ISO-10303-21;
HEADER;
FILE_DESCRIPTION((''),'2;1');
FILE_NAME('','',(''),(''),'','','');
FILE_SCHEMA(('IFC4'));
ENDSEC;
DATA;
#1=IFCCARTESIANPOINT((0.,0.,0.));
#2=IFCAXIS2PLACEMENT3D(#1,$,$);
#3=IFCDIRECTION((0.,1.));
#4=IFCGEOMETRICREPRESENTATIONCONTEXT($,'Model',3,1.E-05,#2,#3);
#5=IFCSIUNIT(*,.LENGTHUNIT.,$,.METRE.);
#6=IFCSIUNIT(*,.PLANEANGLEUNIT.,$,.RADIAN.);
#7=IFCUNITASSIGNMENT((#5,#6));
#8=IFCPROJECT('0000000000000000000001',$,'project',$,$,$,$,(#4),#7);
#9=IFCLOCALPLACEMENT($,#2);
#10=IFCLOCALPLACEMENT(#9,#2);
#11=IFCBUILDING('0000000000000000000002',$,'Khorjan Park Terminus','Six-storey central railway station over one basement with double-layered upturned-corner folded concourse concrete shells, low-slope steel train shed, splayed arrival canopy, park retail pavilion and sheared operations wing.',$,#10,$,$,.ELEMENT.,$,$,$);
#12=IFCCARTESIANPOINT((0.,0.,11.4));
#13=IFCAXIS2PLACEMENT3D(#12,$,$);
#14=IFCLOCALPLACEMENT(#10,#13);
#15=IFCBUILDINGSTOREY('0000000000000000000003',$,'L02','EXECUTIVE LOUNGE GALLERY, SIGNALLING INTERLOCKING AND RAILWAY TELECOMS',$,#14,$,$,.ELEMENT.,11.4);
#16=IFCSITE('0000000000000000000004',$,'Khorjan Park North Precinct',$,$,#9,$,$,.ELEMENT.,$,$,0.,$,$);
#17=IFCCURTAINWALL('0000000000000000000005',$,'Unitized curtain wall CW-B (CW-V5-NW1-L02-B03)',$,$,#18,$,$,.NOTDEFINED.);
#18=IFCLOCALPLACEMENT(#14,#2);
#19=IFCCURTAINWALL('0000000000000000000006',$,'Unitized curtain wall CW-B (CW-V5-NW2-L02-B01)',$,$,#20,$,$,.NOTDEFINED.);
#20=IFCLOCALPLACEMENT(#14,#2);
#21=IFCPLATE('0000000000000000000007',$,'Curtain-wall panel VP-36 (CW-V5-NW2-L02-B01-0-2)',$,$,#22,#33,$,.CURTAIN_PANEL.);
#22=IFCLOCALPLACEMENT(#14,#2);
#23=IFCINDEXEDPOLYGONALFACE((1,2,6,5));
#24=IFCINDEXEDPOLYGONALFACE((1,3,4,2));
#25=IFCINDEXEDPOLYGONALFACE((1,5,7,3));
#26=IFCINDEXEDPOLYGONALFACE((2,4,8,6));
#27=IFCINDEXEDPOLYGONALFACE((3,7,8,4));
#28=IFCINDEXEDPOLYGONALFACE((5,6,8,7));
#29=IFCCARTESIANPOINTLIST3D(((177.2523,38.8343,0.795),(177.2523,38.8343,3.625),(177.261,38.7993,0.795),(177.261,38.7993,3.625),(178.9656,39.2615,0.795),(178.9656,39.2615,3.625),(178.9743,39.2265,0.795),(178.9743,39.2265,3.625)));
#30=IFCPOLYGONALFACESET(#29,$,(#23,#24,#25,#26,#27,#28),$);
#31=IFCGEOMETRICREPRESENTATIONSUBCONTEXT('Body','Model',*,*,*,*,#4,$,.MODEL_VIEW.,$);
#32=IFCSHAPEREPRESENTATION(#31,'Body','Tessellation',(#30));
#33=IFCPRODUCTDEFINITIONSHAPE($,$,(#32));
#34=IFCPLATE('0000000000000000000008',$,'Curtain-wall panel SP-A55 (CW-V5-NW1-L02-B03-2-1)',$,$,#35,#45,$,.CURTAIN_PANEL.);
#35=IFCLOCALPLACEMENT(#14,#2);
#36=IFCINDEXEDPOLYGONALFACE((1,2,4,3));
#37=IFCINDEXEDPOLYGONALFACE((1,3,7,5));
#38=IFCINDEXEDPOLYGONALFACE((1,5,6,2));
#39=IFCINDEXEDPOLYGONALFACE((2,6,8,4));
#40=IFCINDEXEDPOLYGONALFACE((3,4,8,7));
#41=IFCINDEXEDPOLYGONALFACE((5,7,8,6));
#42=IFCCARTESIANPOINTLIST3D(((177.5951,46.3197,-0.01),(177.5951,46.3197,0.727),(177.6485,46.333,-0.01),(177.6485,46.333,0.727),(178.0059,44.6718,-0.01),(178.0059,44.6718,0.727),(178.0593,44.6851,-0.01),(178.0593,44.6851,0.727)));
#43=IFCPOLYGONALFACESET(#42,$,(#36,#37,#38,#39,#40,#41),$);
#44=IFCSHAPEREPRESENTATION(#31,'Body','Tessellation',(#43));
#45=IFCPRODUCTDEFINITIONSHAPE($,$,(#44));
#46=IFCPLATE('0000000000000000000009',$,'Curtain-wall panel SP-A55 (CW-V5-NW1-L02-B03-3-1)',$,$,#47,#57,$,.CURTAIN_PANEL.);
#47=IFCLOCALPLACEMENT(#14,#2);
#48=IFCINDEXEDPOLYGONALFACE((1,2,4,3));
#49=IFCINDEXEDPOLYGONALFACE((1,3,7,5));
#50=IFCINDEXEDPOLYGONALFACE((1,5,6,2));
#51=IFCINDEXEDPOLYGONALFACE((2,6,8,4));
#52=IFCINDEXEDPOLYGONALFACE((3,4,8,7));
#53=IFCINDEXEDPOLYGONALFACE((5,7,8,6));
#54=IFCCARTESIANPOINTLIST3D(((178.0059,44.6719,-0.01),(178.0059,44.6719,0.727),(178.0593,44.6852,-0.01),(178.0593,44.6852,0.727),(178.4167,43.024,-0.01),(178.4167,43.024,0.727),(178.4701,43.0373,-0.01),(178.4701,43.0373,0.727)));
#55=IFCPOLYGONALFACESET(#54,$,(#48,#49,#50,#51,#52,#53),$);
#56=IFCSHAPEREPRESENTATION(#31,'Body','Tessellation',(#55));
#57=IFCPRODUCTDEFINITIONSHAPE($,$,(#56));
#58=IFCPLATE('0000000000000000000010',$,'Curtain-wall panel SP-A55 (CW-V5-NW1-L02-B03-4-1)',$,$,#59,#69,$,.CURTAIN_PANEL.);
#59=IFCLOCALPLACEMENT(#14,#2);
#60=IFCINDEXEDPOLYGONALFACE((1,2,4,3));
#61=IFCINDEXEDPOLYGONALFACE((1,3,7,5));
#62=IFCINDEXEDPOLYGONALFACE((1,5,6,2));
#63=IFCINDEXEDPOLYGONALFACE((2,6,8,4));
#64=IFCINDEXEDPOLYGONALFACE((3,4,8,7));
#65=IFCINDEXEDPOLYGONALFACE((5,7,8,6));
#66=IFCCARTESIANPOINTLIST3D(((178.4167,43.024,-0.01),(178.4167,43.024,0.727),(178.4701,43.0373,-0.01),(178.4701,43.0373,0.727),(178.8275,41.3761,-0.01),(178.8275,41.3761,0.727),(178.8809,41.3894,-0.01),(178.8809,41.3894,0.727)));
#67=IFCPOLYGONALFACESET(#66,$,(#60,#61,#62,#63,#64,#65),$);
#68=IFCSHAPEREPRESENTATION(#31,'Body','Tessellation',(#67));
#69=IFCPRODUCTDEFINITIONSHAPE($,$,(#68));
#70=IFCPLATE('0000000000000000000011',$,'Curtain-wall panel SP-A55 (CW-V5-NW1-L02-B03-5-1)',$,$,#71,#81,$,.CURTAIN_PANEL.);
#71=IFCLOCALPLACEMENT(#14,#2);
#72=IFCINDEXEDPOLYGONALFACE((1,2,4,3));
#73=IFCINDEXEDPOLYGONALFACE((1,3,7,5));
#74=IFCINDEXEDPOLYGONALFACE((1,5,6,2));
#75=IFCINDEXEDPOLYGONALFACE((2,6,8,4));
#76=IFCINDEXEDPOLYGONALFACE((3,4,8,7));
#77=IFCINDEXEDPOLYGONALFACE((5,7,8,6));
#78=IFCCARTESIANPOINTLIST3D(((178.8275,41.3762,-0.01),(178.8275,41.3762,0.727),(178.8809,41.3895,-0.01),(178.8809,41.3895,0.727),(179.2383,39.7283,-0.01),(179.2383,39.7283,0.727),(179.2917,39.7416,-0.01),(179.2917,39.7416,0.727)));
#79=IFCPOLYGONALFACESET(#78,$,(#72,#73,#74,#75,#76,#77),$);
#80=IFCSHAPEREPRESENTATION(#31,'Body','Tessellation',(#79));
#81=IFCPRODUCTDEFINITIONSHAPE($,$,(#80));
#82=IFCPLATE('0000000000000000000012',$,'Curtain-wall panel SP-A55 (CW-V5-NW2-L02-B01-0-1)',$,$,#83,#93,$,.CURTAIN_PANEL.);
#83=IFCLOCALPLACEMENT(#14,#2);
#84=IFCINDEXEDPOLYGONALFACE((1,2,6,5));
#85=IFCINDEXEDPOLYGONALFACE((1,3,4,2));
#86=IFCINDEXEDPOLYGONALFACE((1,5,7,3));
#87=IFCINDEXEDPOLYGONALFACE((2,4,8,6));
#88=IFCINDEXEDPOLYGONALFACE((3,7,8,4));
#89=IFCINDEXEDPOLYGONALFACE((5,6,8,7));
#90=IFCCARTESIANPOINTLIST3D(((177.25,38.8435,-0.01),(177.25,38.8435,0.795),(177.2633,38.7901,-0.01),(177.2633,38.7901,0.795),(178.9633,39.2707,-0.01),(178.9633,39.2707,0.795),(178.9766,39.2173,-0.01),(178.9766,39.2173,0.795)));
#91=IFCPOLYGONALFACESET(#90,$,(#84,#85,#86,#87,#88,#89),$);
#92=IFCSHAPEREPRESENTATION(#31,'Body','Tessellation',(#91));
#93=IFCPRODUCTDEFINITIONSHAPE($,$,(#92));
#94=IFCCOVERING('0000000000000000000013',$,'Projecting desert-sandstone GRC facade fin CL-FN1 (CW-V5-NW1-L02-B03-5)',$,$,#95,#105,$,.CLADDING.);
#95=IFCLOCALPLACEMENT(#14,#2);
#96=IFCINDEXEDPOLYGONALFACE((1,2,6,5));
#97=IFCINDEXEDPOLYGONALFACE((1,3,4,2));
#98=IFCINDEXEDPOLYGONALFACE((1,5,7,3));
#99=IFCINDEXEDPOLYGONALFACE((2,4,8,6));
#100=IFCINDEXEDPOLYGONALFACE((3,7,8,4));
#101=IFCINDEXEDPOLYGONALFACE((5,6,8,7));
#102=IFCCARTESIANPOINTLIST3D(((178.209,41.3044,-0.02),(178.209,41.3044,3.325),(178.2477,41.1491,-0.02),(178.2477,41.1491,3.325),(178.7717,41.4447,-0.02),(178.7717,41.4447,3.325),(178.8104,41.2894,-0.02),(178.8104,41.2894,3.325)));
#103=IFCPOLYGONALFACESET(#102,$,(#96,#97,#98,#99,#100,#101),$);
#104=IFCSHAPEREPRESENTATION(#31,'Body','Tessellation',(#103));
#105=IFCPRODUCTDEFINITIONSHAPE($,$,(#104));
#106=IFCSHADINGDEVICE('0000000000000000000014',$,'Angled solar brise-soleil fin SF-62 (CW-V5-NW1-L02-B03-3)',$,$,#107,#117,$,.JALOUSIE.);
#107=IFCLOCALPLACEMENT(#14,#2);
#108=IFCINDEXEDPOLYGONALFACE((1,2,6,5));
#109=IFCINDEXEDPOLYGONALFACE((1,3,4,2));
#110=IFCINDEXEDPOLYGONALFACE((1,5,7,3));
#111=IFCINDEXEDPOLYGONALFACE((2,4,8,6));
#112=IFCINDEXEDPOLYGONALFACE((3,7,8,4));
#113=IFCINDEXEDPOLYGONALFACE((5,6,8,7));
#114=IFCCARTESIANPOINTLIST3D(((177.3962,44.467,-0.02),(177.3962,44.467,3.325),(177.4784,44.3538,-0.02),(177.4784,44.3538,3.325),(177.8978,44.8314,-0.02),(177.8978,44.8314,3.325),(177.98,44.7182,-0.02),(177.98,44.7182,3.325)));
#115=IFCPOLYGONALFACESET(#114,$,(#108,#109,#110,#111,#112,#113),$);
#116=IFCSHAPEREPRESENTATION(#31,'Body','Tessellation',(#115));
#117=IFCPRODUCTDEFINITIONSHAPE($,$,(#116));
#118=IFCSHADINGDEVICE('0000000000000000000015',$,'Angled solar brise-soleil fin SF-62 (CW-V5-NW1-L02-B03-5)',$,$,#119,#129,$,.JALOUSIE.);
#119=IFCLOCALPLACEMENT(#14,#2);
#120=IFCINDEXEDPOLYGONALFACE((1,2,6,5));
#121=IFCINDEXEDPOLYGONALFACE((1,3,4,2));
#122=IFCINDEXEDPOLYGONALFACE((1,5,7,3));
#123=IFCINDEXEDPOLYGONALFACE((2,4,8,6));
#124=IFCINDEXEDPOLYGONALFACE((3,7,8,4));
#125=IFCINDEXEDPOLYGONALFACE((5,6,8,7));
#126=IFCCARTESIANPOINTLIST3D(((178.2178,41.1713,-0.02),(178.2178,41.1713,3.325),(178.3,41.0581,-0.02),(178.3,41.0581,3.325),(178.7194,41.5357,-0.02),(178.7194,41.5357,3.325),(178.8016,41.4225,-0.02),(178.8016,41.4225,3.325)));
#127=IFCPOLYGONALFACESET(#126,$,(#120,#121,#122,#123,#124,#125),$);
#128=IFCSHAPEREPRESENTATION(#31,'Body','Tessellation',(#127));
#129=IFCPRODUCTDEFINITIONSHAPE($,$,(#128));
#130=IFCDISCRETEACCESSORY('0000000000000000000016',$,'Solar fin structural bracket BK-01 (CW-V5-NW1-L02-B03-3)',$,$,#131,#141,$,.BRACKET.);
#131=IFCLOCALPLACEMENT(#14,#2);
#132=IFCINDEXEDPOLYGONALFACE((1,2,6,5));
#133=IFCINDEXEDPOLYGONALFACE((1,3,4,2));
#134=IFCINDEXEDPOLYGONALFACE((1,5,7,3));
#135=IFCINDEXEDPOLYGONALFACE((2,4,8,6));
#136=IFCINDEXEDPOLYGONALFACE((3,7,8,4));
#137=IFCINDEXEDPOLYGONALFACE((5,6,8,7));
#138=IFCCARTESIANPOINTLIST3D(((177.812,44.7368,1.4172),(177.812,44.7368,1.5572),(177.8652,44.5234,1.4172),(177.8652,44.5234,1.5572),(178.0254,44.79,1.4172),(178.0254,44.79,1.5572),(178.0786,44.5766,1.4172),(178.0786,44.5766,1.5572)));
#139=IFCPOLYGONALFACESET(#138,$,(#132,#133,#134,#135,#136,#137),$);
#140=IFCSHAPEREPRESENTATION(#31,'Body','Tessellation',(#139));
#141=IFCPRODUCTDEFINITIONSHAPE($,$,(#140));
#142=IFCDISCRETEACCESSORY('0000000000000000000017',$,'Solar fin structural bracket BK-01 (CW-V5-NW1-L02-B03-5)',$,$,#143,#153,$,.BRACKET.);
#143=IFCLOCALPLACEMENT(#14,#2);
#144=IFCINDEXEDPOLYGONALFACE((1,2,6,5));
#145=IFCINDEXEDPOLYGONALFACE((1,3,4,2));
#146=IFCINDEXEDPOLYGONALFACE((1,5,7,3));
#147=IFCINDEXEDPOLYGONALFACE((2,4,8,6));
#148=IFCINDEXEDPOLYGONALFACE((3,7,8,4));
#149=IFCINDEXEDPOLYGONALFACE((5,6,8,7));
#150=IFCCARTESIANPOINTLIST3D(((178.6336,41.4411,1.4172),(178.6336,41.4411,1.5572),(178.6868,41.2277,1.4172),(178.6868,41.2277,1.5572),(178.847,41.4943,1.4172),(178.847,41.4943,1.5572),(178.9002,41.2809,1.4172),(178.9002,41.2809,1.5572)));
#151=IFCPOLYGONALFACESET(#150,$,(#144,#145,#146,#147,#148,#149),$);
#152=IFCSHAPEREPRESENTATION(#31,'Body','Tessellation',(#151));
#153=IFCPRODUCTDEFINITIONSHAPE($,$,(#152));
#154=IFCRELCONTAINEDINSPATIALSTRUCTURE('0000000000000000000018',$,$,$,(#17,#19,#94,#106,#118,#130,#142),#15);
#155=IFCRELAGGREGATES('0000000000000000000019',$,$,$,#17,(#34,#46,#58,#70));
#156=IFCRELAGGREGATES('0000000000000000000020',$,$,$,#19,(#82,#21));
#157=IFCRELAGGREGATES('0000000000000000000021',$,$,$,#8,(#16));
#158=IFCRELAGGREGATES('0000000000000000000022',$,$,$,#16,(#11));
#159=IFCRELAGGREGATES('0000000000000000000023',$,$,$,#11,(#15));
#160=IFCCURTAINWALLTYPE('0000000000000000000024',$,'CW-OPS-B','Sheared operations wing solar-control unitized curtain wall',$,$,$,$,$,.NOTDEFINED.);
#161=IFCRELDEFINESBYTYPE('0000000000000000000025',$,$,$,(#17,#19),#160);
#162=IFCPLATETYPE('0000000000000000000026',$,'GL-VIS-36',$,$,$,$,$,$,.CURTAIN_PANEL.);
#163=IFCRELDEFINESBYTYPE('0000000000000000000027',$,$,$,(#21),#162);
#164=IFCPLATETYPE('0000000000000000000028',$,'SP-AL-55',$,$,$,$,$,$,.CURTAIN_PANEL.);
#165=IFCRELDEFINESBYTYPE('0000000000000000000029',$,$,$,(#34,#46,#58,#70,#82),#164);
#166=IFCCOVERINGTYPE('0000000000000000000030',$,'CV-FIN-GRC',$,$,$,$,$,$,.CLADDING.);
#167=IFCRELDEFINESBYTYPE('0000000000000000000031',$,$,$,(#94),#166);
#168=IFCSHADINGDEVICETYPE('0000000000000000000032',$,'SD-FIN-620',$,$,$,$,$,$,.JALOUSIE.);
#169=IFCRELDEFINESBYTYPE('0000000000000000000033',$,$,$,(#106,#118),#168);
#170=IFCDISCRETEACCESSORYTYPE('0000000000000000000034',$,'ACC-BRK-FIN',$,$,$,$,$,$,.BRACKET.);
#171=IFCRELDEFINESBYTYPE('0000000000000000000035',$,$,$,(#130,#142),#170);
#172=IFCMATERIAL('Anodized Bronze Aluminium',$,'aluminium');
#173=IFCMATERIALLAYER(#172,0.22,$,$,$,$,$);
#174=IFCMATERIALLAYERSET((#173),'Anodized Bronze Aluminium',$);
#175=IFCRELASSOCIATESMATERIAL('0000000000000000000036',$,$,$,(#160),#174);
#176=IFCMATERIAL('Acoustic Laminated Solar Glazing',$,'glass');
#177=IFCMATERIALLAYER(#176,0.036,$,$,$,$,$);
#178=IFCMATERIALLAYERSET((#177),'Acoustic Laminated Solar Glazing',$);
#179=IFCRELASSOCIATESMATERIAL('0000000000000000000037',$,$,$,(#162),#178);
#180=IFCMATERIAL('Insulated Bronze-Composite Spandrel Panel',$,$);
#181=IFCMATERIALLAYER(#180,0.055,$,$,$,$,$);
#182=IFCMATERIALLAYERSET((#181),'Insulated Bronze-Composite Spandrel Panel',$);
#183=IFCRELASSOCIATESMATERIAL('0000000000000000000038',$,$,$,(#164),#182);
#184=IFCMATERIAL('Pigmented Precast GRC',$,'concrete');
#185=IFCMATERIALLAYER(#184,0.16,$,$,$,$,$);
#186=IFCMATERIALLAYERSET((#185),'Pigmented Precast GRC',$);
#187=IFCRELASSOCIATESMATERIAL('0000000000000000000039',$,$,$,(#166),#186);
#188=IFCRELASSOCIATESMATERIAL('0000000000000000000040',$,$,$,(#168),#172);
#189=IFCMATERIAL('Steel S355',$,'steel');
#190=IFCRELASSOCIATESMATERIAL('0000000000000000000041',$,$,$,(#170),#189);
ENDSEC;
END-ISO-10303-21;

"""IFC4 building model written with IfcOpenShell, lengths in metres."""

from ifc_helpers import new_model, si_unit, direction, frame, origin, origin_2d, place, context, subcontext, project, spatial, rectangle, extrude, material, layer, layer_set, type_object, element, aggregate, save


model = new_model("IFC4")

# Units and contexts
model_context = context("Model", 3, precision=1e-05, world=origin(), true_north=direction((0.0, 1.0)))
body_context = subcontext(model_context, "Body", "Model", "MODEL_VIEW")
ifc_project = project(units=[si_unit("LENGTHUNIT", "METRE"), si_unit("PLANEANGLEUNIT", "RADIAN")], contexts=[model_context])

# Site, building, storey
site_placement = place(None, origin())
site = spatial("IfcSite", under=ifc_project, at=site_placement, Name="Khorjan Park North Precinct", CompositionType="ELEMENT", RefElevation=0.0)
building_placement = place(site_placement, origin())
building = spatial("IfcBuilding", under=site, at=building_placement, Name="Khorjan Park Terminus", Description="Six-storey central railway station over one basement with double-layered upturned-corner folded concourse concrete shells, low-slope steel train shed, splayed arrival canopy, park retail pavilion and sheared operations wing.", CompositionType="ELEMENT")
storey_placement = place(building_placement, frame((0.0, 0.0, 11.4)))
storey = spatial("IfcBuildingStorey", under=building, at=storey_placement, Name="L02", Description="EXECUTIVE LOUNGE GALLERY, SIGNALLING INTERLOCKING AND RAILWAY TELECOMS", CompositionType="ELEMENT", Elevation=11.4)

# Shared definitions
ifc_material_1 = material(Name="Steel S355", Category="steel")

# Curtain wall
ifc_material_2 = material(Name="Anodized Bronze Aluminium", Category="aluminium")
ifc_layer_1 = layer(ifc_material_2, 0.22)
ifc_layer_set_1 = layer_set([ifc_layer_1], Name="Anodized Bronze Aluminium")
curtain_wall_type = type_object("IfcCurtainWallType", Name="CW-OPS-B", Description="Sheared operations wing solar-control unitized curtain wall", PredefinedType="NOTDEFINED", material=ifc_layer_set_1)
curtain_wall_1_placement = place(storey_placement, origin())
curtain_wall_1 = element("IfcCurtainWall", 1, at=curtain_wall_1_placement, inside=storey, type_object=curtain_wall_type, Name="Unitized curtain wall CW-B (CW-V5-NW1-L02-B03)", PredefinedType="NOTDEFINED")

# Curtain wall
curtain_wall_2_placement = place(storey_placement, origin())
curtain_wall_2 = element("IfcCurtainWall", 2, at=curtain_wall_2_placement, inside=storey, type_object=curtain_wall_type, Name="Unitized curtain wall CW-B (CW-V5-NW2-L02-B01)", PredefinedType="NOTDEFINED")

# Plates
ifc_material_3 = material(Name="Acoustic Laminated Solar Glazing", Category="glass")
ifc_layer_2 = layer(ifc_material_3, 0.036)
ifc_layer_set_2 = layer_set([ifc_layer_2], Name="Acoustic Laminated Solar Glazing")
plate_type_1 = type_object("IfcPlateType", Name="GL-VIS-36", PredefinedType="CURTAIN_PANEL", material=ifc_layer_set_2)
plate_1_placement = place(storey_placement, frame((178.1133, 39.0304, 0.795), z_axis=(0.0, 0.0, 1.0), x_axis=(-0.970297, -0.241918, 0.0)))
plate_1 = element("IfcPlate", 3, at=plate_1_placement, type_object=plate_type_1, Name="Curtain-wall panel VP-36 (CW-V5-NW2-L02-B01-0-2)", PredefinedType="CURTAIN_PANEL", context=body_context, shape_type="SweptSolid", body=[
    extrude(rectangle(XDim=1.7658, YDim=0.036, at=origin_2d()), origin(), (0.0, 0.0, 1.0), 2.83),
])
ifc_material_4 = material(Name="Insulated Bronze-Composite Spandrel Panel")
ifc_layer_3 = layer(ifc_material_4, 0.055)
ifc_layer_set_3 = layer_set([ifc_layer_3], Name="Insulated Bronze-Composite Spandrel Panel")
plate_type_2 = type_object("IfcPlateType", Name="SP-AL-55", PredefinedType="CURTAIN_PANEL", material=ifc_layer_set_3)
plate_2_placement = place(storey_placement, frame((177.8272, 45.5024, -0.01), z_axis=(0.0, 0.0, 1.0), x_axis=(0.241921, -0.970296, 0.0)))
plate_2 = element("IfcPlate", 4, at=plate_2_placement, type_object=plate_type_2, Name="Curtain-wall panel SP-A55 (CW-V5-NW1-L02-B03-2-1)", PredefinedType="CURTAIN_PANEL", context=body_context, shape_type="SweptSolid", body=[
    extrude(rectangle(XDim=1.6983, YDim=0.055, at=origin_2d()), origin(), (0.0, 0.0, 1.0), 0.737),
])
plate_3_placement = place(storey_placement, frame((178.238, 43.8546, -0.01), z_axis=(0.0, 0.0, 1.0), x_axis=(0.241921, -0.970296, 0.0)))
plate_3 = element("IfcPlate", 5, at=plate_3_placement, type_object=plate_type_2, Name="Curtain-wall panel SP-A55 (CW-V5-NW1-L02-B03-3-1)", PredefinedType="CURTAIN_PANEL", context=body_context, shape_type="SweptSolid", body=[
    extrude(rectangle(XDim=1.6983, YDim=0.055, at=origin_2d()), origin(), (0.0, 0.0, 1.0), 0.737),
])
plate_4_placement = place(storey_placement, frame((178.6488, 42.2067, -0.01), z_axis=(0.0, 0.0, 1.0), x_axis=(0.241921, -0.970296, 0.0)))
plate_4 = element("IfcPlate", 6, at=plate_4_placement, type_object=plate_type_2, Name="Curtain-wall panel SP-A55 (CW-V5-NW1-L02-B03-4-1)", PredefinedType="CURTAIN_PANEL", context=body_context, shape_type="SweptSolid", body=[
    extrude(rectangle(XDim=1.6983, YDim=0.055, at=origin_2d()), origin(), (0.0, 0.0, 1.0), 0.737),
])
plate_5_placement = place(storey_placement, frame((179.0596, 40.5589, -0.01), z_axis=(0.0, 0.0, 1.0), x_axis=(0.241921, -0.970296, 0.0)))
plate_5 = element("IfcPlate", 7, at=plate_5_placement, type_object=plate_type_2, Name="Curtain-wall panel SP-A55 (CW-V5-NW1-L02-B03-5-1)", PredefinedType="CURTAIN_PANEL", context=body_context, shape_type="SweptSolid", body=[
    extrude(rectangle(XDim=1.6983, YDim=0.055, at=origin_2d()), origin(), (0.0, 0.0, 1.0), 0.737),
])
aggregate(curtain_wall_1, [plate_2, plate_3, plate_4, plate_5])
plate_6_placement = place(storey_placement, frame((178.1133, 39.0304, -0.01), z_axis=(0.0, 0.0, 1.0), x_axis=(-0.970297, -0.241918, 0.0)))
plate_6 = element("IfcPlate", 8, at=plate_6_placement, type_object=plate_type_2, Name="Curtain-wall panel SP-A55 (CW-V5-NW2-L02-B01-0-1)", PredefinedType="CURTAIN_PANEL", context=body_context, shape_type="SweptSolid", body=[
    extrude(rectangle(XDim=1.7658, YDim=0.055, at=origin_2d()), origin(), (0.0, 0.0, 1.0), 0.805),
])
aggregate(curtain_wall_2, [plate_6, plate_1])

# Covering
ifc_material_5 = material(Name="Pigmented Precast GRC", Category="concrete")
ifc_layer_4 = layer(ifc_material_5, 0.16)
ifc_layer_set_4 = layer_set([ifc_layer_4], Name="Pigmented Precast GRC")
covering_type = type_object("IfcCoveringType", Name="CV-FIN-GRC", PredefinedType="CLADDING", material=ifc_layer_set_4)
covering_placement = place(storey_placement, frame((178.5097, 41.2969, -0.02), z_axis=(0.0, 0.0, 1.0), x_axis=(0.970296, 0.241922, 0.0)))
element("IfcCovering", 9, at=covering_placement, inside=storey, type_object=covering_type, Name="Projecting desert-sandstone GRC facade fin CL-FN1 (CW-V5-NW1-L02-B03-5)", PredefinedType="CLADDING", context=body_context, shape_type="SweptSolid", body=[
    extrude(rectangle(XDim=0.58, YDim=0.16, at=origin_2d()), origin(), (0.0, 0.0, 1.0), 3.345),
])

# Shading devices
shading_device_type = type_object("IfcShadingDeviceType", Name="SD-FIN-620", PredefinedType="JALOUSIE", material=ifc_material_2)
for number, where, z_axis, x_axis, name in (
    (10, (177.6881, 44.5926, -0.02), (0.0, 0.0, 1.0), (0.809017, 0.587785, 0.0), "Angled solar brise-soleil fin SF-62 (CW-V5-NW1-L02-B03-3)"),
    (11, (178.5097, 41.2969, -0.02), (0.0, 0.0, 1.0), (0.809017, 0.587785, 0.0), "Angled solar brise-soleil fin SF-62 (CW-V5-NW1-L02-B03-5)"),
):
    element("IfcShadingDevice", number, at=place(storey_placement, frame(where, z_axis=z_axis, x_axis=x_axis)), inside=storey, type_object=shading_device_type, Name=name, PredefinedType="JALOUSIE", context=body_context, shape_type="SweptSolid", body=[
        extrude(rectangle(XDim=0.62, YDim=0.14, at=origin_2d()), origin(), (0.0, 0.0, 1.0), 3.345),
    ])

# Discrete accessories
discrete_accessory_type = type_object("IfcDiscreteAccessoryType", Name="ACC-BRK-FIN", PredefinedType="BRACKET", material=ifc_material_1)
for number, where, z_axis, x_axis, name in (
    (12, (177.9453, 44.6567, 1.4172), (0.0, 0.0, 1.0), (0.241921, -0.970296, 0.0), "Solar fin structural bracket BK-01 (CW-V5-NW1-L02-B03-3)"),
    (13, (178.7669, 41.361, 1.4172), (0.0, 0.0, 1.0), (0.241921, -0.970296, 0.0), "Solar fin structural bracket BK-01 (CW-V5-NW1-L02-B03-5)"),
):
    element("IfcDiscreteAccessory", number, at=place(storey_placement, frame(where, z_axis=z_axis, x_axis=x_axis)), inside=storey, type_object=discrete_accessory_type, Name=name, PredefinedType="BRACKET", context=body_context, shape_type="SweptSolid", body=[
        extrude(rectangle(XDim=0.22, YDim=0.22, at=origin_2d()), origin(), (0.0, 0.0, 1.0), 0.14),
    ])

save(model, "model.ifc")
